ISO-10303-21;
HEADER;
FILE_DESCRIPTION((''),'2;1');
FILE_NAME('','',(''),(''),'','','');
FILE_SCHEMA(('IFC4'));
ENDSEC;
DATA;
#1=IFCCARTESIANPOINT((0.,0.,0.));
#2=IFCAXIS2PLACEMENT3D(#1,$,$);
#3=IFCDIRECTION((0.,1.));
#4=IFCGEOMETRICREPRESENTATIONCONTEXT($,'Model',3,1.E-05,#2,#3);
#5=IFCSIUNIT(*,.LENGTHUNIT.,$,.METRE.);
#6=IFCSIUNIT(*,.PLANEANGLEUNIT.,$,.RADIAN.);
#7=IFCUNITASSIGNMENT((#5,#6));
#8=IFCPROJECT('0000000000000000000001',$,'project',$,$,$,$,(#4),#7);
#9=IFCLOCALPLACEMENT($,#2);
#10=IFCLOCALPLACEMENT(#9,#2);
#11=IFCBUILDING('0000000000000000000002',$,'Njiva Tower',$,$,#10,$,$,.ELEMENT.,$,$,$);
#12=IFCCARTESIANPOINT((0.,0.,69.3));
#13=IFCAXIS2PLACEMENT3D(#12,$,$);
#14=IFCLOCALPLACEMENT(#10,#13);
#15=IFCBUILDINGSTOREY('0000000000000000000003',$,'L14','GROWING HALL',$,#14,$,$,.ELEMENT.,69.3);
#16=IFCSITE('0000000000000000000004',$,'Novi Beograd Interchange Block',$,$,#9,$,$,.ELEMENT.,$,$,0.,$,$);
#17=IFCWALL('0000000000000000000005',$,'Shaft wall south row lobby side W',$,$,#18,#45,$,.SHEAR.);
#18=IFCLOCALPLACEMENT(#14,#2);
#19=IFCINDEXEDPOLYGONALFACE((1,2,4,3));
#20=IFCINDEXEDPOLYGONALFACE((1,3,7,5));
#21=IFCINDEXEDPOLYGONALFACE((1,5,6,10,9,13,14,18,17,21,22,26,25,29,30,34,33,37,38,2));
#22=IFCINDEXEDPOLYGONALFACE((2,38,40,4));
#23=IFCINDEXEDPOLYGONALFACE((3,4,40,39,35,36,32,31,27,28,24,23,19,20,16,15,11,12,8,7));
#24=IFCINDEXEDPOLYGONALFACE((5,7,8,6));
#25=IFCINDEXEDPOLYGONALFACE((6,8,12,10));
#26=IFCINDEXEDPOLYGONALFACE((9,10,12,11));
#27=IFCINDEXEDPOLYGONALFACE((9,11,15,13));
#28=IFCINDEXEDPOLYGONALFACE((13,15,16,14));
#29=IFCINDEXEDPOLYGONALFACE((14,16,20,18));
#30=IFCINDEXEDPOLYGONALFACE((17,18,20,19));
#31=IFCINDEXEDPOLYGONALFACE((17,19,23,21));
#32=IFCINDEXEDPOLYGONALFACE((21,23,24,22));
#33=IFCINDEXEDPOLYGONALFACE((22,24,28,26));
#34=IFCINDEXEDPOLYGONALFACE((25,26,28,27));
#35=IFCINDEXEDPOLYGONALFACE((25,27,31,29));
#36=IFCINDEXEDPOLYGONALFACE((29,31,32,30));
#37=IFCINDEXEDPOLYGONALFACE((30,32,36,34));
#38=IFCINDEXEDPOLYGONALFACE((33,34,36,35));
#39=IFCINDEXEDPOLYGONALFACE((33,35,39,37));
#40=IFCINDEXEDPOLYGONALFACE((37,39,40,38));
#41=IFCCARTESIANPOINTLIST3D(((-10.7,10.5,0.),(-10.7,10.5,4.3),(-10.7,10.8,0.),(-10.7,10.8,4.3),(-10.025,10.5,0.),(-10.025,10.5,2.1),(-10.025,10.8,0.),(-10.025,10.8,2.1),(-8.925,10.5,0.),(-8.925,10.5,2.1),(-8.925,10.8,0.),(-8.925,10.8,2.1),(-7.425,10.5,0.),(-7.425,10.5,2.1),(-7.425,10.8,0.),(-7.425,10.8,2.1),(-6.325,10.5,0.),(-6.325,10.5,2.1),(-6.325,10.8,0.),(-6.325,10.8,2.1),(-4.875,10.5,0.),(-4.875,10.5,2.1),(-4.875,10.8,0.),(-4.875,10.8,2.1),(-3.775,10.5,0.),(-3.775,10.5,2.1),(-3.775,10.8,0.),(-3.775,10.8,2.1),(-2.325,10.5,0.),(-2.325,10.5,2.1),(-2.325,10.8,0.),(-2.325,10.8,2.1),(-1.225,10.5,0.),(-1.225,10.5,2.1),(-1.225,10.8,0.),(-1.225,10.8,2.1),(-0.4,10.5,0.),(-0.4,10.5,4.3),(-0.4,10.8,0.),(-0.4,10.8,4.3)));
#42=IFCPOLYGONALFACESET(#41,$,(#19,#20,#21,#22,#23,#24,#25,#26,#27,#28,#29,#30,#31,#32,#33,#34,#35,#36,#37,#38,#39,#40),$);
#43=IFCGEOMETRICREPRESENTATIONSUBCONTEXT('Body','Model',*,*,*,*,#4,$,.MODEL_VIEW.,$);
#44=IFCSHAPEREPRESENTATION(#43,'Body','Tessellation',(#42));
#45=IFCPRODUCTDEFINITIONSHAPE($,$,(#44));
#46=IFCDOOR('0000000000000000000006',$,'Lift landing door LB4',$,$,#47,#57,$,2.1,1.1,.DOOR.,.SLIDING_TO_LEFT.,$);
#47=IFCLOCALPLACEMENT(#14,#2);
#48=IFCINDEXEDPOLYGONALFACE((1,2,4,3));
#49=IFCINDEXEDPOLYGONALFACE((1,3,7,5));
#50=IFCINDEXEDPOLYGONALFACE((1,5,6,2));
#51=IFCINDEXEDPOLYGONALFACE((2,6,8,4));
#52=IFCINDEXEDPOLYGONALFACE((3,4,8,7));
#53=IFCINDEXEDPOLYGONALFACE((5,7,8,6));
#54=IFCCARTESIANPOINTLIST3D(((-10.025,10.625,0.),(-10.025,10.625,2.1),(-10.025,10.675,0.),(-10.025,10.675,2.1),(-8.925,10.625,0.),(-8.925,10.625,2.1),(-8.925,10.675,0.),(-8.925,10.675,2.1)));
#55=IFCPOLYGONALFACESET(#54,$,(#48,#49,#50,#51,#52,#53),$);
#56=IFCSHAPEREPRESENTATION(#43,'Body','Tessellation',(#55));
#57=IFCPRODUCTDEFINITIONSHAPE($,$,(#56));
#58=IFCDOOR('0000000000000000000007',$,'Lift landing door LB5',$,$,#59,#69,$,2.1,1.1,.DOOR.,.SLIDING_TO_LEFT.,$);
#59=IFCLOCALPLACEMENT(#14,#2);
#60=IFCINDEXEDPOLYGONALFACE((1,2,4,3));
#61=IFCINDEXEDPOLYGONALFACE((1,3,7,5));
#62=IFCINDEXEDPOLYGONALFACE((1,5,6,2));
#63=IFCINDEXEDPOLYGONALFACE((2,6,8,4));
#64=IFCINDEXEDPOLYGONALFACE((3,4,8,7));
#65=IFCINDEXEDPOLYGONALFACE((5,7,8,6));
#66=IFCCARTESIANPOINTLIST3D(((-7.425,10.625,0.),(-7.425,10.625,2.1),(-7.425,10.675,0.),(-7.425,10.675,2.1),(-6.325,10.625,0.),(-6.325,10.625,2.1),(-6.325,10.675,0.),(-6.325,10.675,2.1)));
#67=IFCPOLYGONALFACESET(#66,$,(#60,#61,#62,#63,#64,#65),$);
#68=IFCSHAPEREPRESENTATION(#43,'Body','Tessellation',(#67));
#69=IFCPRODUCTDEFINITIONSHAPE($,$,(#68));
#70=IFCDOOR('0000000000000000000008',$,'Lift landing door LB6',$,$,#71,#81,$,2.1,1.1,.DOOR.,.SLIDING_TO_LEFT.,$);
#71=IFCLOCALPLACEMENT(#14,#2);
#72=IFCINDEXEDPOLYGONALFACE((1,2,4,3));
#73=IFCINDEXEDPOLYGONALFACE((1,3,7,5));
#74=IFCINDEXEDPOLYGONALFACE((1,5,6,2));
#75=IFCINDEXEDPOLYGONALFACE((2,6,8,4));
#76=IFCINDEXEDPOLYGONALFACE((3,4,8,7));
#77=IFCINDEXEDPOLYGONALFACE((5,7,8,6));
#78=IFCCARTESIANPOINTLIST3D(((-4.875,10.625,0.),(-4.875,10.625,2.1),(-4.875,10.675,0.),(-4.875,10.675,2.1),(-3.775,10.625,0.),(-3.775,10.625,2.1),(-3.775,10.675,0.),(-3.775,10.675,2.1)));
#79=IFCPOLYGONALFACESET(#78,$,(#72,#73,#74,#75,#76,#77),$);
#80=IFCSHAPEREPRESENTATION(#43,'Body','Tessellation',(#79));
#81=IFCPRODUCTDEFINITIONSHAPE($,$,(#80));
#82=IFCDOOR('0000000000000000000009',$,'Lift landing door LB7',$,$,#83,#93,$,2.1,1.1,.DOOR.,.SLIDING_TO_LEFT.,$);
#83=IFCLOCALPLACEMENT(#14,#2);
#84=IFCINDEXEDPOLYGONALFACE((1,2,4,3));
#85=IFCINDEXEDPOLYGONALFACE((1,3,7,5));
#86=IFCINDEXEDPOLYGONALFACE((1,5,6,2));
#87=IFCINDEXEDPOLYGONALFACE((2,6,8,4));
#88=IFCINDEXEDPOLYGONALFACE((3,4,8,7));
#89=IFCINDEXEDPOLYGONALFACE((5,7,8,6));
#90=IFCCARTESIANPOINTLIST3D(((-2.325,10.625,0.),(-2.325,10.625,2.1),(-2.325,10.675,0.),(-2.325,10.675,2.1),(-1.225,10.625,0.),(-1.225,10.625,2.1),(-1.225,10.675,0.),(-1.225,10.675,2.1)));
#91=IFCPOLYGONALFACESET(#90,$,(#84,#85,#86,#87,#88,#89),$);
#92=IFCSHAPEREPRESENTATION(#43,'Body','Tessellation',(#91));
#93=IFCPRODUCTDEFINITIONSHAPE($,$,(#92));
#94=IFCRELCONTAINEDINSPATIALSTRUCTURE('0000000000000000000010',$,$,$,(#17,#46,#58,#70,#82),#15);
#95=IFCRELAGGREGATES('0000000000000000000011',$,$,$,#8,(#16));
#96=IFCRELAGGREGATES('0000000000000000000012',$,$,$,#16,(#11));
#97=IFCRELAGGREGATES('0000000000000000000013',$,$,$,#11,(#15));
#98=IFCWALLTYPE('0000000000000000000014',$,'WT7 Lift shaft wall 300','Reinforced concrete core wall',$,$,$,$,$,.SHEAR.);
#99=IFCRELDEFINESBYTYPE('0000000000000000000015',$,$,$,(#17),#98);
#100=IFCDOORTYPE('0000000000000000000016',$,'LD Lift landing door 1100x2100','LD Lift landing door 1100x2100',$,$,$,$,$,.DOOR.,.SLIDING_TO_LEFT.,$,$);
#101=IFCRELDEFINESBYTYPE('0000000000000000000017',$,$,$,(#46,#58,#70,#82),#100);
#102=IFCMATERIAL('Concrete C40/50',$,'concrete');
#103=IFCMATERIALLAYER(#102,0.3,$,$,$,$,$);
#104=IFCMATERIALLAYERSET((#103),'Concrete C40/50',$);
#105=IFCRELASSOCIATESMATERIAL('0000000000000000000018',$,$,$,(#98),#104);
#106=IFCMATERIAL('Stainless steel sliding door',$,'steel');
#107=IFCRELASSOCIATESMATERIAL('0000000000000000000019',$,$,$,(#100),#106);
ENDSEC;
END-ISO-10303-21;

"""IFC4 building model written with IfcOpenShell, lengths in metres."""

from ifc_helpers import new_model, si_unit, direction, frame, frame_2d, origin, place, context, subcontext, project, spatial, rectangle, extrude, material, layer, layer_set, type_object, element, fill, save


model = new_model("IFC4")

# Units and contexts
model_context = context("Model", 3, precision=1e-05, world=origin(), true_north=direction((0.0, 1.0)))
body_context = subcontext(model_context, "Body", "Model", "MODEL_VIEW")
ifc_project = project(units=[si_unit("LENGTHUNIT", "METRE"), si_unit("PLANEANGLEUNIT", "RADIAN")], contexts=[model_context])

# Site, building, storey
site_placement = place(None, origin())
site = spatial("IfcSite", under=ifc_project, at=site_placement, Name="Novi Beograd Interchange Block", CompositionType="ELEMENT", RefElevation=0.0)
building_placement = place(site_placement, origin())
building = spatial("IfcBuilding", under=site, at=building_placement, Name="Njiva Tower", CompositionType="ELEMENT")
storey_placement = place(building_placement, frame((0.0, 0.0, 69.3)))
storey = spatial("IfcBuildingStorey", under=building, at=storey_placement, Name="L14", Description="GROWING HALL", CompositionType="ELEMENT", Elevation=69.3)

# Shared definitions
ifc_material_1 = material(Name="Concrete C40/50", Category="concrete")

# Wall, openings, doors
ifc_layer_1 = layer(ifc_material_1, 0.3)
ifc_layer_set_1 = layer_set([ifc_layer_1], Name="Concrete C40/50")
wall_type_1 = type_object("IfcWallType", Name="WT7 Lift shaft wall 300", Description="Reinforced concrete core wall", PredefinedType="SHEAR", material=ifc_layer_set_1)
ifc_material_2 = material(Name="Stainless steel sliding door", Category="steel")
door_type_1 = type_object("IfcDoorType", Name="LD Lift landing door 1100x2100", Description="LD Lift landing door 1100x2100", OperationType="SLIDING_TO_LEFT", PredefinedType="DOOR", material=ifc_material_2)
wall_1_placement = place(storey_placement, frame((-10.7, 10.65, 0.0), z_axis=(0.0, 0.0, 1.0), x_axis=(1.0, 0.0, 0.0)))
wall_1 = element("IfcWall", 1, at=wall_1_placement, inside=storey, type_object=wall_type_1, Name="Shaft wall south row lobby side W", PredefinedType="SHEAR", context=body_context, shape_type="SweptSolid", body=[
    extrude(rectangle(XDim=10.3, YDim=0.3, at=frame_2d((5.15, 0.0))), origin(), (0.0, 0.0, 1.0), 4.3),
])
opening_1_placement = place(wall_1_placement, frame((0.675, 0.0, 0.0)))
opening_1 = element("IfcOpeningElement", 2, at=opening_1_placement, cuts=wall_1, PredefinedType="OPENING", context=body_context, shape_type="SweptSolid", body=[
    extrude(rectangle(XDim=1.1, YDim=2.1, at=frame_2d((0.55, 1.05))), frame((0.0, 0.16, 0.0), z_axis=(0.0, -1.0, 0.0), x_axis=(1.0, 0.0, 0.0)), (0.0, 0.0, 1.0), 0.32),
])
opening_2_placement = place(wall_1_placement, frame((3.275, 0.0, 0.0)))
opening_2 = element("IfcOpeningElement", 3, at=opening_2_placement, cuts=wall_1, PredefinedType="OPENING", context=body_context, shape_type="SweptSolid", body=[
    extrude(rectangle(XDim=1.1, YDim=2.1, at=frame_2d((0.55, 1.05))), frame((0.0, 0.16, 0.0), z_axis=(0.0, -1.0, 0.0), x_axis=(1.0, 0.0, 0.0)), (0.0, 0.0, 1.0), 0.32),
])
opening_3_placement = place(wall_1_placement, frame((5.825, 0.0, 0.0)))
opening_3 = element("IfcOpeningElement", 4, at=opening_3_placement, cuts=wall_1, PredefinedType="OPENING", context=body_context, shape_type="SweptSolid", body=[
    extrude(rectangle(XDim=1.1, YDim=2.1, at=frame_2d((0.55, 1.05))), frame((0.0, 0.16, 0.0), z_axis=(0.0, -1.0, 0.0), x_axis=(1.0, 0.0, 0.0)), (0.0, 0.0, 1.0), 0.32),
])
opening_4_placement = place(wall_1_placement, frame((8.375, 0.0, 0.0)))
opening_4 = element("IfcOpeningElement", 5, at=opening_4_placement, cuts=wall_1, PredefinedType="OPENING", context=body_context, shape_type="SweptSolid", body=[
    extrude(rectangle(XDim=1.1, YDim=2.1, at=frame_2d((0.55, 1.05))), frame((0.0, 0.16, 0.0), z_axis=(0.0, -1.0, 0.0), x_axis=(1.0, 0.0, 0.0)), (0.0, 0.0, 1.0), 0.32),
])
door_1_placement = place(opening_1_placement, origin())
door_1 = element("IfcDoor", 6, at=door_1_placement, inside=storey, type_object=door_type_1, Name="Lift landing door LB4", OperationType="SLIDING_TO_LEFT", OverallHeight=2.1, OverallWidth=1.1, PredefinedType="DOOR", context=body_context, shape_type="SweptSolid", body=[
    extrude(rectangle(XDim=1.1, YDim=2.1, at=frame_2d((0.55, 1.05))), frame((0.0, 0.025, 0.0), z_axis=(0.0, -1.0, 0.0), x_axis=(1.0, 0.0, 0.0)), (0.0, 0.0, 1.0), 0.05),
])
fill(opening_1, door_1)
door_2_placement = place(opening_2_placement, origin())
door_2 = element("IfcDoor", 7, at=door_2_placement, inside=storey, type_object=door_type_1, Name="Lift landing door LB5", OperationType="SLIDING_TO_LEFT", OverallHeight=2.1, OverallWidth=1.1, PredefinedType="DOOR", context=body_context, shape_type="SweptSolid", body=[
    extrude(rectangle(XDim=1.1, YDim=2.1, at=frame_2d((0.55, 1.05))), frame((0.0, 0.025, 0.0), z_axis=(0.0, -1.0, 0.0), x_axis=(1.0, 0.0, 0.0)), (0.0, 0.0, 1.0), 0.05),
])
fill(opening_2, door_2)
door_3_placement = place(opening_3_placement, origin())
door_3 = element("IfcDoor", 8, at=door_3_placement, inside=storey, type_object=door_type_1, Name="Lift landing door LB6", OperationType="SLIDING_TO_LEFT", OverallHeight=2.1, OverallWidth=1.1, PredefinedType="DOOR", context=body_context, shape_type="SweptSolid", body=[
    extrude(rectangle(XDim=1.1, YDim=2.1, at=frame_2d((0.55, 1.05))), frame((0.0, 0.025, 0.0), z_axis=(0.0, -1.0, 0.0), x_axis=(1.0, 0.0, 0.0)), (0.0, 0.0, 1.0), 0.05),
])
fill(opening_3, door_3)
door_4_placement = place(opening_4_placement, origin())
door_4 = element("IfcDoor", 9, at=door_4_placement, inside=storey, type_object=door_type_1, Name="Lift landing door LB7", OperationType="SLIDING_TO_LEFT", OverallHeight=2.1, OverallWidth=1.1, PredefinedType="DOOR", context=body_context, shape_type="SweptSolid", body=[
    extrude(rectangle(XDim=1.1, YDim=2.1, at=frame_2d((0.55, 1.05))), frame((0.0, 0.025, 0.0), z_axis=(0.0, -1.0, 0.0), x_axis=(1.0, 0.0, 0.0)), (0.0, 0.0, 1.0), 0.05),
])
fill(opening_4, door_4)

save(model, "model.ifc")
